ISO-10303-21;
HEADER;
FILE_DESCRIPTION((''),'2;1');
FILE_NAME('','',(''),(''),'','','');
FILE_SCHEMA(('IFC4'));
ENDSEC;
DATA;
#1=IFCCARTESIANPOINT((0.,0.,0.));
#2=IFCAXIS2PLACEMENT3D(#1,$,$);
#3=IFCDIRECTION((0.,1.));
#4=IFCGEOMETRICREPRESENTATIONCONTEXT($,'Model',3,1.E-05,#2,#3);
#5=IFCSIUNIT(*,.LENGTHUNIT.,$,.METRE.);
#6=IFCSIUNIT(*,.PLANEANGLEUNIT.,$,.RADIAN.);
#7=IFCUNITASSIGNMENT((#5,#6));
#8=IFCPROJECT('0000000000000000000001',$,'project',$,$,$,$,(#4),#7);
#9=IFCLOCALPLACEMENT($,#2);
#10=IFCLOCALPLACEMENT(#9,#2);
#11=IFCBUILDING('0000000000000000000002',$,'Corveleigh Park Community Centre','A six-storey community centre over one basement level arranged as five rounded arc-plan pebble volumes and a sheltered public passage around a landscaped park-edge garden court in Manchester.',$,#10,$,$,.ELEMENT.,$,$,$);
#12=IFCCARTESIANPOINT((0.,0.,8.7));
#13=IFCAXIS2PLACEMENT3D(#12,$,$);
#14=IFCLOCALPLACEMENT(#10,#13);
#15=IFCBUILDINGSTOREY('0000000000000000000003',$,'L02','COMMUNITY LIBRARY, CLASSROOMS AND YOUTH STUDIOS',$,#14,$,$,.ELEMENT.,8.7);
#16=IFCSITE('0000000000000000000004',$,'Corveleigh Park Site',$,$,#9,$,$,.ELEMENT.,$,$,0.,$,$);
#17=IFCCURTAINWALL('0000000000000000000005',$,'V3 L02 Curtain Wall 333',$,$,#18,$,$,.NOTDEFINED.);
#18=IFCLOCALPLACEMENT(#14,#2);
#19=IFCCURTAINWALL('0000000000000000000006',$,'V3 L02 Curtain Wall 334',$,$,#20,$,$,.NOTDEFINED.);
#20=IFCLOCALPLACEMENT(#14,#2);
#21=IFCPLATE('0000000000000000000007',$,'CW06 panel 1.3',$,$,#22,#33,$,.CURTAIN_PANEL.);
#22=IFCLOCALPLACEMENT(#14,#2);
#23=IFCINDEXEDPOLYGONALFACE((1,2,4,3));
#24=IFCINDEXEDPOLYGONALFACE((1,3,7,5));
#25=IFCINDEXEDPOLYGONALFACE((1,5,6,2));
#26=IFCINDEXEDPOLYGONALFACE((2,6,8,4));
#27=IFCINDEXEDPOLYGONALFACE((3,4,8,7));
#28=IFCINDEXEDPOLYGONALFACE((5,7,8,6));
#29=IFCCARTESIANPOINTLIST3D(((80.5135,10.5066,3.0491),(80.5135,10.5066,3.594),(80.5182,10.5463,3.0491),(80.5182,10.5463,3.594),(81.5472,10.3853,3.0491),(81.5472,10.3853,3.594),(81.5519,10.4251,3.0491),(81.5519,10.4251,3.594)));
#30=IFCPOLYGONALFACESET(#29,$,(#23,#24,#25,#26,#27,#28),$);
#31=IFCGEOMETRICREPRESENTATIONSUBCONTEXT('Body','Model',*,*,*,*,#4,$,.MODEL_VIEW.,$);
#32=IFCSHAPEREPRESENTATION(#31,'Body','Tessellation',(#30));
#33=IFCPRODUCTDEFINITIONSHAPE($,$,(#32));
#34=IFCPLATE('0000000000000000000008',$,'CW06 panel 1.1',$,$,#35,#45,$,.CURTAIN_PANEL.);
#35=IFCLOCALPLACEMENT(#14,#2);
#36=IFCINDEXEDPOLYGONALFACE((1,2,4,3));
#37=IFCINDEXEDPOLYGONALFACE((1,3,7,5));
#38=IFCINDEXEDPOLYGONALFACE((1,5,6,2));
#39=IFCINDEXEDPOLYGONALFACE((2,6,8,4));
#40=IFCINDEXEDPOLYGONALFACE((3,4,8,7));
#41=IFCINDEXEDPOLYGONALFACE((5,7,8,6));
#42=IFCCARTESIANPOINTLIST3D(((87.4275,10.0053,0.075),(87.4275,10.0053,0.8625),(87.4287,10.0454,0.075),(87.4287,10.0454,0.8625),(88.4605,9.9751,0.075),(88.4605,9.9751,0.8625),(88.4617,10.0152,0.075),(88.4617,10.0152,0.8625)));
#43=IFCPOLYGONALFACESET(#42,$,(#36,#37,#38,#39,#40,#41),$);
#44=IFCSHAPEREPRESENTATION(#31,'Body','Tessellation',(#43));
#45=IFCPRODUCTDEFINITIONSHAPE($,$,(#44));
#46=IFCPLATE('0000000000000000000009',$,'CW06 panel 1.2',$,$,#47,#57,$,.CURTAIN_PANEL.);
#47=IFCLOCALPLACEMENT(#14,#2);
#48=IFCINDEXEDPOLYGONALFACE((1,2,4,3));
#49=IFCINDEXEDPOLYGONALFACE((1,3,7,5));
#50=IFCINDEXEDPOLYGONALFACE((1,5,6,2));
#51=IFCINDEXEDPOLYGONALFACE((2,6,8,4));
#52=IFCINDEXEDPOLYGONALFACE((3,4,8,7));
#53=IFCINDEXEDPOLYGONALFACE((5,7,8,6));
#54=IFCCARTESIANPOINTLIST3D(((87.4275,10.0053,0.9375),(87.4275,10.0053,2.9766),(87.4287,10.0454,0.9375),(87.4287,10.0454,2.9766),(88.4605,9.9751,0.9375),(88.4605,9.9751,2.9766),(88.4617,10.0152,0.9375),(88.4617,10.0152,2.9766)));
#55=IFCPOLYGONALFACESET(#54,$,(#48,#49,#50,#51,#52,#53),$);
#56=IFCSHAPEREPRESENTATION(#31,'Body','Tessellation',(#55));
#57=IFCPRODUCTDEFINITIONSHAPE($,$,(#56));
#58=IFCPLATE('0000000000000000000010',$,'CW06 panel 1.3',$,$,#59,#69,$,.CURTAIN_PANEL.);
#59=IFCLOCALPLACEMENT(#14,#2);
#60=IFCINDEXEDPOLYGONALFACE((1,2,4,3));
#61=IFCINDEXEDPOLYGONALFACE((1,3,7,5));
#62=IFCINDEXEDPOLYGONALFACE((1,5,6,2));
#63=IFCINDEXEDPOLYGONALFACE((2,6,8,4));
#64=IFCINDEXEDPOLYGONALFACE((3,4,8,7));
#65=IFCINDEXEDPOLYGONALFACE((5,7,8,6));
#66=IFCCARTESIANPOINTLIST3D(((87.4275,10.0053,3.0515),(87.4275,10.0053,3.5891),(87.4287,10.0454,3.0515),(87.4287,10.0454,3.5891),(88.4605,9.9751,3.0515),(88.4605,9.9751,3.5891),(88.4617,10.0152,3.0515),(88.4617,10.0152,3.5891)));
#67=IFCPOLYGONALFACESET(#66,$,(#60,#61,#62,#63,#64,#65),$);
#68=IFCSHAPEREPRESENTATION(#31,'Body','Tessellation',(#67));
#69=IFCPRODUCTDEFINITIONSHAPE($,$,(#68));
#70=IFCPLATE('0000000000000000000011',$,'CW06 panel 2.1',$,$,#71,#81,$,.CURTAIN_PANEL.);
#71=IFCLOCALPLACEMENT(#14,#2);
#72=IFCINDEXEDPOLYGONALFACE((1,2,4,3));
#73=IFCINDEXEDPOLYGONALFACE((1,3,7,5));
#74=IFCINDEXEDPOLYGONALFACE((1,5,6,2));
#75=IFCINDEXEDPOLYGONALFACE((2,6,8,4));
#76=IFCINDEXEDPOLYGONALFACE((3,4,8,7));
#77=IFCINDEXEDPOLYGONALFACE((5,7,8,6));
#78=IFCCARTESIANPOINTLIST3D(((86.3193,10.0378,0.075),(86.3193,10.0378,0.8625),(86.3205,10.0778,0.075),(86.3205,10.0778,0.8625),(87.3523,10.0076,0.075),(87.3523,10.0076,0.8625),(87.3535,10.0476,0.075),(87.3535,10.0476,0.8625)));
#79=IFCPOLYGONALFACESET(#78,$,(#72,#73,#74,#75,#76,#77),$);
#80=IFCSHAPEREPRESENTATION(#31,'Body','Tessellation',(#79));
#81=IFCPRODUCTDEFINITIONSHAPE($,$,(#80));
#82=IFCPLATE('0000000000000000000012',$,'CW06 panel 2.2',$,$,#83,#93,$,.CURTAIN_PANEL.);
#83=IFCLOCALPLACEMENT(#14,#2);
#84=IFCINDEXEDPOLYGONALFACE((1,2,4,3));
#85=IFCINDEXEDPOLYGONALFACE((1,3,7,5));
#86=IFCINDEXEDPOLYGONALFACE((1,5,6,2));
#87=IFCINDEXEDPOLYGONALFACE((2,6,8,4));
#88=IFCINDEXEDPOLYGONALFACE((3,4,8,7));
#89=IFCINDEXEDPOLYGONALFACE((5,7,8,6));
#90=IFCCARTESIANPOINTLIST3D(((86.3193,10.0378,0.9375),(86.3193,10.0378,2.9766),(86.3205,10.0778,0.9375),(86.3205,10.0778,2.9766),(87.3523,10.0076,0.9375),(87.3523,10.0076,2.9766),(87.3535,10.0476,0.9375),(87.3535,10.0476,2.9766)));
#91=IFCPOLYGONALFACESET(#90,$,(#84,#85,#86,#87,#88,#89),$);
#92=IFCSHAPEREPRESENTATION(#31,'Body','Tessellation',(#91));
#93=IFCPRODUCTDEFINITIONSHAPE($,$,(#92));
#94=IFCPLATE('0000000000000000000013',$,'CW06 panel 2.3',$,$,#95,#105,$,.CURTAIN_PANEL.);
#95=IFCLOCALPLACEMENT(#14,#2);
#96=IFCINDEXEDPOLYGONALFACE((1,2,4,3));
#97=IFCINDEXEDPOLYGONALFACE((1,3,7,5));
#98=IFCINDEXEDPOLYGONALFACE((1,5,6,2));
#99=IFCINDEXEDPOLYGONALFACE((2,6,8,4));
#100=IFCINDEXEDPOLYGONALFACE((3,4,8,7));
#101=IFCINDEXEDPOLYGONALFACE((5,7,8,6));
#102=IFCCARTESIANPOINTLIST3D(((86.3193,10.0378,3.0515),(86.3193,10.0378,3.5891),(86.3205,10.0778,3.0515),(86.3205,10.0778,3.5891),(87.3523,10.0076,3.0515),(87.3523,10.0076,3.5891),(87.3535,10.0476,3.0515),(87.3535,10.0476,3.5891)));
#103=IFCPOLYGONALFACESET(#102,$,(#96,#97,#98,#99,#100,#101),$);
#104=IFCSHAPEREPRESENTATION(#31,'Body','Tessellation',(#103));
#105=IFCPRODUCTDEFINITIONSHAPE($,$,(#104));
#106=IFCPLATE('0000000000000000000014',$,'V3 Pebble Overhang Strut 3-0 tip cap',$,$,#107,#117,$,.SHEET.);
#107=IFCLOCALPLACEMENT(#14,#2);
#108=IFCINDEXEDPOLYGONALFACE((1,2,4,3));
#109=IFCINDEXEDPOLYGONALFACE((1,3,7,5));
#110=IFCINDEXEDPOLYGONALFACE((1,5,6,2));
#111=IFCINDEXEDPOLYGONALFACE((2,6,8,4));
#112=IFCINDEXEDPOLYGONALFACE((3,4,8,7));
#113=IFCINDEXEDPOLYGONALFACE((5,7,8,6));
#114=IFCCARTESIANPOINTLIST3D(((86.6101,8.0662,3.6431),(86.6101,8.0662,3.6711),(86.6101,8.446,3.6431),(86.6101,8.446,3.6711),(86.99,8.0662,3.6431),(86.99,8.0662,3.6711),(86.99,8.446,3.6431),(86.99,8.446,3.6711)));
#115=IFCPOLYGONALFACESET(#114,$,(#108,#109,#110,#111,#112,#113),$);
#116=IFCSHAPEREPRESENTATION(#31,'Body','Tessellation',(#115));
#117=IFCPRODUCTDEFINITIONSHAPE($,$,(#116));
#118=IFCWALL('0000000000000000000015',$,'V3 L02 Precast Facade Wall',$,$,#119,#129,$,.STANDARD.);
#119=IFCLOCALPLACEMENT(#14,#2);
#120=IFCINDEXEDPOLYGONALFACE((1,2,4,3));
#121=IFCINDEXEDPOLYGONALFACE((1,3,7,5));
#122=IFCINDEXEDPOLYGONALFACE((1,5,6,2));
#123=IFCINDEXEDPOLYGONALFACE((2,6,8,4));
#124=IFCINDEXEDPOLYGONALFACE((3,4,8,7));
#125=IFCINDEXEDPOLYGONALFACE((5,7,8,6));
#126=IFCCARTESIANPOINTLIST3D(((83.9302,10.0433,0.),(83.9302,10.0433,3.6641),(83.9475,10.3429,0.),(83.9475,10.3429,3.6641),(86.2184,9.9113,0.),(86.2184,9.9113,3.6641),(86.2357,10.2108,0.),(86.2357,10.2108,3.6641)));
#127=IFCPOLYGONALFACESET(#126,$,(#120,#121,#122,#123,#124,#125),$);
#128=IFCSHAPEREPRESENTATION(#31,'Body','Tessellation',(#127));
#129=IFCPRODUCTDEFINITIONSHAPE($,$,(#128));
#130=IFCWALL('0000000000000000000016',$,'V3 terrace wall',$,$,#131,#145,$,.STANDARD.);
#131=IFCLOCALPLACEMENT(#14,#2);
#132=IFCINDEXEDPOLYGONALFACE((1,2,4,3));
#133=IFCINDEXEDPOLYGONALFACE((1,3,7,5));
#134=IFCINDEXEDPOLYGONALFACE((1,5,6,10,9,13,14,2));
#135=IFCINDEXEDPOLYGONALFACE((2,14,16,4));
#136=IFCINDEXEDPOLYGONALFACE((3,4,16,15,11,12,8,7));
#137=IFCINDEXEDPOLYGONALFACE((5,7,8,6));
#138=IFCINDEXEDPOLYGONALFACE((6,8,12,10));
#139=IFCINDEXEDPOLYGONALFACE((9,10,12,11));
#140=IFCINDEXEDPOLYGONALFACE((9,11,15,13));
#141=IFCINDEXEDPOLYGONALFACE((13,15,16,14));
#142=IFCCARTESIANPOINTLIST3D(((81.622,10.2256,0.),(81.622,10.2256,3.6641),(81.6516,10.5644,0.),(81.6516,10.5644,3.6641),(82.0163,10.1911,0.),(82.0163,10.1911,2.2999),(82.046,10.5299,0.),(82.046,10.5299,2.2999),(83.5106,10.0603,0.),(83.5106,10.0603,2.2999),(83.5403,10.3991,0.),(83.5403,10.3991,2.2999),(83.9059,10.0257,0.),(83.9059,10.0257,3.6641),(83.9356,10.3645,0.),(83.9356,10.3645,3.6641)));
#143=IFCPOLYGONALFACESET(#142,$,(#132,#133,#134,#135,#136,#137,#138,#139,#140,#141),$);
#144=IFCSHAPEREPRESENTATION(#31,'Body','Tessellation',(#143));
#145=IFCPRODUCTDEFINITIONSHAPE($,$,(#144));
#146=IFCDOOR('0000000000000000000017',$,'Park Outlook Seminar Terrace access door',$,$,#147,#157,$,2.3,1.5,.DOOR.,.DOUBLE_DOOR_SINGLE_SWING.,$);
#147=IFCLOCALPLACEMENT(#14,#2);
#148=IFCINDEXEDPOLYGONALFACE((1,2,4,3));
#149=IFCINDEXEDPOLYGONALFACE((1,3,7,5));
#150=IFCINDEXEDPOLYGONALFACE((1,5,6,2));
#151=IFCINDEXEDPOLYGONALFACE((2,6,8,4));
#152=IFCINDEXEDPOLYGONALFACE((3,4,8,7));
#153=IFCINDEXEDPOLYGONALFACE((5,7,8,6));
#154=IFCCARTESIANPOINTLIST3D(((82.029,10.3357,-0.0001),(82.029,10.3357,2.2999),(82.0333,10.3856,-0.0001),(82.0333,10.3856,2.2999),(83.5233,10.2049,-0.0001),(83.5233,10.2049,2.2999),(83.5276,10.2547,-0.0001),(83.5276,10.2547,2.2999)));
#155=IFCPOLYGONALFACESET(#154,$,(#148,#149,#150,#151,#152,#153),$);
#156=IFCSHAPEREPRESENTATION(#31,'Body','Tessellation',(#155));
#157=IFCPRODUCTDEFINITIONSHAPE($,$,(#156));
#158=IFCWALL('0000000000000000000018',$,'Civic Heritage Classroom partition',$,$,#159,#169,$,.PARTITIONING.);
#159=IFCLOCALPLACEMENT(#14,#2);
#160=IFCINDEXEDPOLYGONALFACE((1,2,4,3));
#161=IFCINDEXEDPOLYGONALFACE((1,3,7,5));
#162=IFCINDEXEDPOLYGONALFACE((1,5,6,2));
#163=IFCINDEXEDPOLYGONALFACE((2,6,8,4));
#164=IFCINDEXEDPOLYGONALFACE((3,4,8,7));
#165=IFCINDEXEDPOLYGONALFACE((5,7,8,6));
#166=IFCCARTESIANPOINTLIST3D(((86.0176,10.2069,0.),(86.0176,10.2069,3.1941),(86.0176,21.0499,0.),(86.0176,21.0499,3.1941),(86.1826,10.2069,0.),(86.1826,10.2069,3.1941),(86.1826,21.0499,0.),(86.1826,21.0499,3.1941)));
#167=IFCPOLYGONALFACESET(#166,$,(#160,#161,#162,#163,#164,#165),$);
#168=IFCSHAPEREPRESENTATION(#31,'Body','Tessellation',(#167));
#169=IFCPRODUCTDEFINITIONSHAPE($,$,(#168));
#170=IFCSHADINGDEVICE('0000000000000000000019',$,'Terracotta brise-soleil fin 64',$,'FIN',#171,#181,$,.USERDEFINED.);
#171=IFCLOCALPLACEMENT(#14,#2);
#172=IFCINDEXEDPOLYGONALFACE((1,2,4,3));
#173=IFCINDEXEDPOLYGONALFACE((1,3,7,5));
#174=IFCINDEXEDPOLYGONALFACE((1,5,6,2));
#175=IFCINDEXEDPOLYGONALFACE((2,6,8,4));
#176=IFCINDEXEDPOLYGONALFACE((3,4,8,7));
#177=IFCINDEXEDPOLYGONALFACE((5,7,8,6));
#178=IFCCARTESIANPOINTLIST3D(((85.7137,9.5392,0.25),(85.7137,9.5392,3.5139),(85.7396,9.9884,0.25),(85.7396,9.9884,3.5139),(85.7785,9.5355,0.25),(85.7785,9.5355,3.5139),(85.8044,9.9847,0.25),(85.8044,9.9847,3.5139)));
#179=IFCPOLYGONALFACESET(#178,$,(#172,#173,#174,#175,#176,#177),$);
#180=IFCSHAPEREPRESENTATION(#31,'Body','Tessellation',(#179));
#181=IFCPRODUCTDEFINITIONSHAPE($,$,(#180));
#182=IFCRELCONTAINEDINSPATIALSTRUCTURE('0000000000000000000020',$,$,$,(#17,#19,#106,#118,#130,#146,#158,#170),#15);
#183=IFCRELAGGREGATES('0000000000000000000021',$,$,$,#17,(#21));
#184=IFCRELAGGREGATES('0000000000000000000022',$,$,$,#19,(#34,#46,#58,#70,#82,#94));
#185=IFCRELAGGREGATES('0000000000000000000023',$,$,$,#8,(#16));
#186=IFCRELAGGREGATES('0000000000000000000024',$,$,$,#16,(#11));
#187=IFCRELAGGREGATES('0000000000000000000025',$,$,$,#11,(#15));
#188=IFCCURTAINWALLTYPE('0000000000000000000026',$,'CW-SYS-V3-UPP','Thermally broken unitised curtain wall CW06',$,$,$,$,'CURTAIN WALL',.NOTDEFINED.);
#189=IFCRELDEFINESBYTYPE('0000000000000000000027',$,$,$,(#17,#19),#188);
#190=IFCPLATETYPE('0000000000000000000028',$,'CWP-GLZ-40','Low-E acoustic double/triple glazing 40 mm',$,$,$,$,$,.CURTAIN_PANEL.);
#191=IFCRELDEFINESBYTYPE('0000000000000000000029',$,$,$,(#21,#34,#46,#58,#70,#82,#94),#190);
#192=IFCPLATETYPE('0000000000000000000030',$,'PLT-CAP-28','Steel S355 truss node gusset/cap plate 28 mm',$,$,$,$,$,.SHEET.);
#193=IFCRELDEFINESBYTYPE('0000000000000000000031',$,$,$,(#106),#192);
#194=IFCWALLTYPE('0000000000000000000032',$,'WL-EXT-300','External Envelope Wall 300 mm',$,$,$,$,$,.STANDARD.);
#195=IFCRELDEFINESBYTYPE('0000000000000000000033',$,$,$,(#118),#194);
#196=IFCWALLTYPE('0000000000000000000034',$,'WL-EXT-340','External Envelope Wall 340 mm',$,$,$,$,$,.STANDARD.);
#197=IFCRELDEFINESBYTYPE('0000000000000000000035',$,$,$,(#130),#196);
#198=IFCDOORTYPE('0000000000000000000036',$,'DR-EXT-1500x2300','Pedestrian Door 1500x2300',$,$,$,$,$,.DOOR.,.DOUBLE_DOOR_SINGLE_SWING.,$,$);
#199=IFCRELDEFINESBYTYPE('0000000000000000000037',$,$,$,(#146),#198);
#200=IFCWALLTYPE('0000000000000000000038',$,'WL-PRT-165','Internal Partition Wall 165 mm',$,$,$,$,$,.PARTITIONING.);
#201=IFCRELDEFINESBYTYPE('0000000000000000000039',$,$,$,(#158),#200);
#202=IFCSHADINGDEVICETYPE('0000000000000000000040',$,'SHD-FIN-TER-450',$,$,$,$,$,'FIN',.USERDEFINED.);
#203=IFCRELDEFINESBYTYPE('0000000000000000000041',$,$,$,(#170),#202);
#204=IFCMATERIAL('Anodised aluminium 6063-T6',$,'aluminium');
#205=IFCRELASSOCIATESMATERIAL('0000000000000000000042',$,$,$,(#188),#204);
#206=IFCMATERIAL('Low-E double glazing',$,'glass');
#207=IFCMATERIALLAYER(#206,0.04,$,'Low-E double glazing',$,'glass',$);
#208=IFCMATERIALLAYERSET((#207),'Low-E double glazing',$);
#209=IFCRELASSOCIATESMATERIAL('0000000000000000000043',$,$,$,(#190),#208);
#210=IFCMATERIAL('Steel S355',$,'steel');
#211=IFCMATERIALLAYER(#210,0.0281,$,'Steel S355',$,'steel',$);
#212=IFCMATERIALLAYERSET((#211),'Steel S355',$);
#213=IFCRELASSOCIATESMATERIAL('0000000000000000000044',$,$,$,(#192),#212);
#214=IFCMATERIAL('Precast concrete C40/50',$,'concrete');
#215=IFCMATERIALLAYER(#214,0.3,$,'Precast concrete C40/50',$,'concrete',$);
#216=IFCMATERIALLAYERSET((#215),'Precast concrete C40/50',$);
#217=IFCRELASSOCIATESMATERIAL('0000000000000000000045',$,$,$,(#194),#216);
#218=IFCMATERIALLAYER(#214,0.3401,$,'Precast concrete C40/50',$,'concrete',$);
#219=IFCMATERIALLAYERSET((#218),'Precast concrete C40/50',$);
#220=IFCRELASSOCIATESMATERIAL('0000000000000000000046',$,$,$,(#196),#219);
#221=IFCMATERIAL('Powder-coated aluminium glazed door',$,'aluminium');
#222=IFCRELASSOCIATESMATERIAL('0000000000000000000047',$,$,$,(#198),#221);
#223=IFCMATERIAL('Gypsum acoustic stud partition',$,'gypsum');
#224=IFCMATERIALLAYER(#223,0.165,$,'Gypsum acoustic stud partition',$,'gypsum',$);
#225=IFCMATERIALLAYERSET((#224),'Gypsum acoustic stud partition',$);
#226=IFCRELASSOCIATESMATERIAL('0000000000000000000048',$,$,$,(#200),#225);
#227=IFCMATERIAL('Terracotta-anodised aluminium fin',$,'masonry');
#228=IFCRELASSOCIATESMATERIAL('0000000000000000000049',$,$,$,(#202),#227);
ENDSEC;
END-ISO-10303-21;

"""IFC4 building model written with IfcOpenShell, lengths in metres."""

from ifc_helpers import new_model, si_unit, direction, frame, frame_2d, origin, origin_2d, place, context, subcontext, project, spatial, rectangle, extrude, material, layer, layer_set, type_object, element, fill, aggregate, save


model = new_model("IFC4")

# Units and contexts
model_context = context("Model", 3, precision=1e-05, world=origin(), true_north=direction((0.0, 1.0)))
body_context = subcontext(model_context, "Body", "Model", "MODEL_VIEW")
ifc_project = project(units=[si_unit("LENGTHUNIT", "METRE"), si_unit("PLANEANGLEUNIT", "RADIAN")], contexts=[model_context])

# Site, building, storey
site_placement = place(None, origin())
site = spatial("IfcSite", under=ifc_project, at=site_placement, Name="Corveleigh Park Site", CompositionType="ELEMENT", RefElevation=0.0)
building_placement = place(site_placement, origin())
building = spatial("IfcBuilding", under=site, at=building_placement, Name="Corveleigh Park Community Centre", Description="A six-storey community centre over one basement level arranged as five rounded arc-plan pebble volumes and a sheltered public passage around a landscaped park-edge garden court in Manchester.", CompositionType="ELEMENT")
storey_placement = place(building_placement, frame((0.0, 0.0, 8.7)))
storey = spatial("IfcBuildingStorey", under=building, at=storey_placement, Name="L02", Description="COMMUNITY LIBRARY, CLASSROOMS AND YOUTH STUDIOS", CompositionType="ELEMENT", Elevation=8.7)

# Curtain wall
ifc_material_1 = material(Name="Anodised aluminium 6063-T6", Category="aluminium")
curtain_wall_type = type_object("IfcCurtainWallType", Name="CW-SYS-V3-UPP", Description="Thermally broken unitised curtain wall CW06", ElementType="CURTAIN WALL", PredefinedType="NOTDEFINED", material=ifc_material_1)
curtain_wall_1_placement = place(storey_placement, origin())
curtain_wall_1 = element("IfcCurtainWall", 1, at=curtain_wall_1_placement, inside=storey, type_object=curtain_wall_type, Name="V3 L02 Curtain Wall 333", PredefinedType="NOTDEFINED")

# Curtain wall
curtain_wall_2_placement = place(storey_placement, origin())
curtain_wall_2 = element("IfcCurtainWall", 2, at=curtain_wall_2_placement, inside=storey, type_object=curtain_wall_type, Name="V3 L02 Curtain Wall 334", PredefinedType="NOTDEFINED")

# Plates
ifc_material_2 = material(Name="Low-E double glazing", Category="glass")
ifc_layer_1 = layer(ifc_material_2, 0.04, Name="Low-E double glazing", Category="glass")
ifc_layer_set_1 = layer_set([ifc_layer_1], Name="Low-E double glazing")
plate_type_1 = type_object("IfcPlateType", Name="CWP-GLZ-40", Description="Low-E acoustic double/triple glazing 40 mm", PredefinedType="CURTAIN_PANEL", material=ifc_layer_set_1)
plate_1_placement = place(storey_placement, frame((81.0327, 10.4658, 3.0491), z_axis=(0.0, 0.0, 1.0), x_axis=(-0.993189, 0.116512, 0.0)))
plate_1 = element("IfcPlate", 3, at=plate_1_placement, type_object=plate_type_1, Name="CW06 panel 1.3", PredefinedType="CURTAIN_PANEL", context=body_context, shape_type="SweptSolid", body=[
    extrude(rectangle(XDim=1.0408, YDim=0.04, at=origin_2d()), origin(), (0.0, 0.0, 1.0), 0.5449),
])
aggregate(curtain_wall_1, [plate_1])
plate_2_placement = place(storey_placement, frame((87.9446, 10.0103, 0.075), z_axis=(0.0, 0.0, 1.0), x_axis=(-0.999573, 0.029232, 0.0)))
plate_2 = element("IfcPlate", 4, at=plate_2_placement, type_object=plate_type_1, Name="CW06 panel 1.1", PredefinedType="CURTAIN_PANEL", context=body_context, shape_type="SweptSolid", body=[
    extrude(rectangle(XDim=1.0334, YDim=0.04, at=origin_2d()), origin(), (0.0, 0.0, 1.0), 0.7876),
])
plate_3_placement = place(storey_placement, frame((87.9446, 10.0103, 0.9375), z_axis=(0.0, 0.0, 1.0), x_axis=(-0.999573, 0.029232, 0.0)))
plate_3 = element("IfcPlate", 5, at=plate_3_placement, type_object=plate_type_1, Name="CW06 panel 1.2", PredefinedType="CURTAIN_PANEL", context=body_context, shape_type="SweptSolid", body=[
    extrude(rectangle(XDim=1.0334, YDim=0.04, at=origin_2d()), origin(), (0.0, 0.0, 1.0), 2.0391),
])
plate_4_placement = place(storey_placement, frame((87.9446, 10.0103, 3.0515), z_axis=(0.0, 0.0, 1.0), x_axis=(-0.999573, 0.029232, 0.0)))
plate_4 = element("IfcPlate", 6, at=plate_4_placement, type_object=plate_type_1, Name="CW06 panel 1.3", PredefinedType="CURTAIN_PANEL", context=body_context, shape_type="SweptSolid", body=[
    extrude(rectangle(XDim=1.0334, YDim=0.04, at=origin_2d()), origin(), (0.0, 0.0, 1.0), 0.5376),
])
plate_5_placement = place(storey_placement, frame((86.8364, 10.0427, 0.075), z_axis=(0.0, 0.0, 1.0), x_axis=(-0.999573, 0.029232, 0.0)))
plate_5 = element("IfcPlate", 7, at=plate_5_placement, type_object=plate_type_1, Name="CW06 panel 2.1", PredefinedType="CURTAIN_PANEL", context=body_context, shape_type="SweptSolid", body=[
    extrude(rectangle(XDim=1.0334, YDim=0.04, at=origin_2d()), origin(), (0.0, 0.0, 1.0), 0.7876),
])
plate_6_placement = place(storey_placement, frame((86.8364, 10.0427, 0.9375), z_axis=(0.0, 0.0, 1.0), x_axis=(-0.999573, 0.029232, 0.0)))
plate_6 = element("IfcPlate", 8, at=plate_6_placement, type_object=plate_type_1, Name="CW06 panel 2.2", PredefinedType="CURTAIN_PANEL", context=body_context, shape_type="SweptSolid", body=[
    extrude(rectangle(XDim=1.0334, YDim=0.04, at=origin_2d()), origin(), (0.0, 0.0, 1.0), 2.0391),
])
plate_7_placement = place(storey_placement, frame((86.8364, 10.0427, 3.0515), z_axis=(0.0, 0.0, 1.0), x_axis=(-0.999573, 0.029232, 0.0)))
plate_7 = element("IfcPlate", 9, at=plate_7_placement, type_object=plate_type_1, Name="CW06 panel 2.3", PredefinedType="CURTAIN_PANEL", context=body_context, shape_type="SweptSolid", body=[
    extrude(rectangle(XDim=1.0334, YDim=0.04, at=origin_2d()), origin(), (0.0, 0.0, 1.0), 0.5376),
])
aggregate(curtain_wall_2, [plate_2, plate_3, plate_4, plate_5, plate_6, plate_7])
ifc_material_3 = material(Name="Steel S355", Category="steel")
ifc_layer_2 = layer(ifc_material_3, 0.0281, Name="Steel S355", Category="steel")
ifc_layer_set_2 = layer_set([ifc_layer_2], Name="Steel S355")
plate_type_2 = type_object("IfcPlateType", Name="PLT-CAP-28", Description="Steel S355 truss node gusset/cap plate 28 mm", PredefinedType="SHEET", material=ifc_layer_set_2)
plate_8_placement = place(storey_placement, frame((86.8, 8.2561, 3.6431), z_axis=(0.0, 0.0, 1.0), x_axis=(1.0, 0.0, 0.0)))
element("IfcPlate", 10, at=plate_8_placement, inside=storey, type_object=plate_type_2, Name="V3 Pebble Overhang Strut 3-0 tip cap", PredefinedType="SHEET", context=body_context, shape_type="SweptSolid", body=[
    extrude(rectangle(XDim=0.3799, YDim=0.3799, at=origin_2d()), origin(), (0.0, 0.0, 1.0), 0.0281),
])

# Wall
ifc_material_4 = material(Name="Precast concrete C40/50", Category="concrete")
ifc_layer_3 = layer(ifc_material_4, 0.3, Name="Precast concrete C40/50", Category="concrete")
ifc_layer_set_3 = layer_set([ifc_layer_3], Name="Precast concrete C40/50")
wall_type_1 = type_object("IfcWallType", Name="WL-EXT-300", Description="External Envelope Wall 300 mm", PredefinedType="STANDARD", material=ifc_layer_set_3)
wall_1_placement = place(storey_placement, frame((86.2271, 10.061, 0.0), z_axis=(0.0, 0.0, 1.0), x_axis=(-0.998338, 0.057629, 0.0)))
element("IfcWall", 11, at=wall_1_placement, inside=storey, type_object=wall_type_1, Name="V3 L02 Precast Facade Wall", PredefinedType="STANDARD", context=body_context, shape_type="SweptSolid", body=[
    extrude(rectangle(XDim=2.292, YDim=0.3, at=frame_2d((1.146, 0.0))), origin(), (0.0, 0.0, 1.0), 3.6641),
])

# Wall, opening, door
ifc_layer_4 = layer(ifc_material_4, 0.3401, Name="Precast concrete C40/50", Category="concrete")
ifc_layer_set_4 = layer_set([ifc_layer_4], Name="Precast concrete C40/50")
wall_type_2 = type_object("IfcWallType", Name="WL-EXT-340", Description="External Envelope Wall 340 mm", PredefinedType="STANDARD", material=ifc_layer_set_4)
wall_2_placement = place(storey_placement, frame((83.9209, 10.1951, 0.0), z_axis=(0.0, 0.0, 1.0), x_axis=(-0.99619, 0.087213, 0.0)))
wall_2 = element("IfcWall", 12, at=wall_2_placement, inside=storey, type_object=wall_type_2, Name="V3 terrace wall", PredefinedType="STANDARD", context=body_context, shape_type="SweptSolid", body=[
    extrude(rectangle(XDim=2.2927, YDim=0.3401, at=frame_2d((1.1465, 0.0))), origin(), (0.0, 0.0, 1.0), 3.6641),
])
opening_placement = place(wall_2_placement, frame((0.397, 0.0, 0.0)))
opening = element("IfcOpeningElement", 13, at=opening_placement, cuts=wall_2, PredefinedType="OPENING", context=body_context, shape_type="SweptSolid", body=[
    extrude(rectangle(XDim=1.5, YDim=2.3, at=frame_2d((0.75, 1.1499))), frame((0.0, 0.1799, 0.0), z_axis=(0.0, -1.0, 0.0), x_axis=(1.0, 0.0, 0.0)), (0.0, 0.0, 1.0), 0.3601),
])
ifc_material_5 = material(Name="Powder-coated aluminium glazed door", Category="aluminium")
door_type = type_object("IfcDoorType", Name="DR-EXT-1500x2300", Description="Pedestrian Door 1500x2300", OperationType="DOUBLE_DOOR_SINGLE_SWING", PredefinedType="DOOR", material=ifc_material_5)
door_placement = place(opening_placement, origin())
door = element("IfcDoor", 14, at=door_placement, inside=storey, type_object=door_type, Name="Park Outlook Seminar Terrace access door", OperationType="DOUBLE_DOOR_SINGLE_SWING", OverallHeight=2.3, OverallWidth=1.5, PredefinedType="DOOR", context=body_context, shape_type="SweptSolid", body=[
    extrude(rectangle(XDim=1.5, YDim=2.3, at=frame_2d((0.75, 1.1499))), frame((0.0, 0.0249, 0.0), z_axis=(0.0, -1.0, 0.0), x_axis=(1.0, 0.0, 0.0)), (0.0, 0.0, 1.0), 0.05),
])
fill(opening, door)

# Wall
ifc_material_6 = material(Name="Gypsum acoustic stud partition", Category="gypsum")
ifc_layer_5 = layer(ifc_material_6, 0.165, Name="Gypsum acoustic stud partition", Category="gypsum")
ifc_layer_set_5 = layer_set([ifc_layer_5], Name="Gypsum acoustic stud partition")
wall_type_3 = type_object("IfcWallType", Name="WL-PRT-165", Description="Internal Partition Wall 165 mm", PredefinedType="PARTITIONING", material=ifc_layer_set_5)
wall_3_placement = place(storey_placement, frame((86.1001, 10.207, 0.0), z_axis=(0.0, 0.0, 1.0), x_axis=(0.0, 1.0, 0.0)))
element("IfcWall", 15, at=wall_3_placement, inside=storey, type_object=wall_type_3, Name="Civic Heritage Classroom partition", PredefinedType="PARTITIONING", context=body_context, shape_type="SweptSolid", body=[
    extrude(rectangle(XDim=10.843, YDim=0.165, at=frame_2d((5.4214, 0.0))), origin(), (0.0, 0.0, 1.0), 3.1941),
])

# Shading device
ifc_material_7 = material(Name="Terracotta-anodised aluminium fin", Category="masonry")
shading_device_type = type_object("IfcShadingDeviceType", Name="SHD-FIN-TER-450", ElementType="FIN", PredefinedType="USERDEFINED", material=ifc_material_7)
shading_device_placement = place(storey_placement, frame((85.759, 9.762, 0.25), z_axis=(0.0, 0.0, 1.0), x_axis=(-0.057597, -0.99834, 0.0)))
element("IfcShadingDevice", 16, at=shading_device_placement, inside=storey, type_object=shading_device_type, Name="Terracotta brise-soleil fin 64", ObjectType="FIN", PredefinedType="USERDEFINED", context=body_context, shape_type="SweptSolid", body=[
    extrude(rectangle(XDim=0.45, YDim=0.0649, at=origin_2d()), origin(), (0.0, 0.0, 1.0), 3.2639),
])

save(model, "model.ifc")
